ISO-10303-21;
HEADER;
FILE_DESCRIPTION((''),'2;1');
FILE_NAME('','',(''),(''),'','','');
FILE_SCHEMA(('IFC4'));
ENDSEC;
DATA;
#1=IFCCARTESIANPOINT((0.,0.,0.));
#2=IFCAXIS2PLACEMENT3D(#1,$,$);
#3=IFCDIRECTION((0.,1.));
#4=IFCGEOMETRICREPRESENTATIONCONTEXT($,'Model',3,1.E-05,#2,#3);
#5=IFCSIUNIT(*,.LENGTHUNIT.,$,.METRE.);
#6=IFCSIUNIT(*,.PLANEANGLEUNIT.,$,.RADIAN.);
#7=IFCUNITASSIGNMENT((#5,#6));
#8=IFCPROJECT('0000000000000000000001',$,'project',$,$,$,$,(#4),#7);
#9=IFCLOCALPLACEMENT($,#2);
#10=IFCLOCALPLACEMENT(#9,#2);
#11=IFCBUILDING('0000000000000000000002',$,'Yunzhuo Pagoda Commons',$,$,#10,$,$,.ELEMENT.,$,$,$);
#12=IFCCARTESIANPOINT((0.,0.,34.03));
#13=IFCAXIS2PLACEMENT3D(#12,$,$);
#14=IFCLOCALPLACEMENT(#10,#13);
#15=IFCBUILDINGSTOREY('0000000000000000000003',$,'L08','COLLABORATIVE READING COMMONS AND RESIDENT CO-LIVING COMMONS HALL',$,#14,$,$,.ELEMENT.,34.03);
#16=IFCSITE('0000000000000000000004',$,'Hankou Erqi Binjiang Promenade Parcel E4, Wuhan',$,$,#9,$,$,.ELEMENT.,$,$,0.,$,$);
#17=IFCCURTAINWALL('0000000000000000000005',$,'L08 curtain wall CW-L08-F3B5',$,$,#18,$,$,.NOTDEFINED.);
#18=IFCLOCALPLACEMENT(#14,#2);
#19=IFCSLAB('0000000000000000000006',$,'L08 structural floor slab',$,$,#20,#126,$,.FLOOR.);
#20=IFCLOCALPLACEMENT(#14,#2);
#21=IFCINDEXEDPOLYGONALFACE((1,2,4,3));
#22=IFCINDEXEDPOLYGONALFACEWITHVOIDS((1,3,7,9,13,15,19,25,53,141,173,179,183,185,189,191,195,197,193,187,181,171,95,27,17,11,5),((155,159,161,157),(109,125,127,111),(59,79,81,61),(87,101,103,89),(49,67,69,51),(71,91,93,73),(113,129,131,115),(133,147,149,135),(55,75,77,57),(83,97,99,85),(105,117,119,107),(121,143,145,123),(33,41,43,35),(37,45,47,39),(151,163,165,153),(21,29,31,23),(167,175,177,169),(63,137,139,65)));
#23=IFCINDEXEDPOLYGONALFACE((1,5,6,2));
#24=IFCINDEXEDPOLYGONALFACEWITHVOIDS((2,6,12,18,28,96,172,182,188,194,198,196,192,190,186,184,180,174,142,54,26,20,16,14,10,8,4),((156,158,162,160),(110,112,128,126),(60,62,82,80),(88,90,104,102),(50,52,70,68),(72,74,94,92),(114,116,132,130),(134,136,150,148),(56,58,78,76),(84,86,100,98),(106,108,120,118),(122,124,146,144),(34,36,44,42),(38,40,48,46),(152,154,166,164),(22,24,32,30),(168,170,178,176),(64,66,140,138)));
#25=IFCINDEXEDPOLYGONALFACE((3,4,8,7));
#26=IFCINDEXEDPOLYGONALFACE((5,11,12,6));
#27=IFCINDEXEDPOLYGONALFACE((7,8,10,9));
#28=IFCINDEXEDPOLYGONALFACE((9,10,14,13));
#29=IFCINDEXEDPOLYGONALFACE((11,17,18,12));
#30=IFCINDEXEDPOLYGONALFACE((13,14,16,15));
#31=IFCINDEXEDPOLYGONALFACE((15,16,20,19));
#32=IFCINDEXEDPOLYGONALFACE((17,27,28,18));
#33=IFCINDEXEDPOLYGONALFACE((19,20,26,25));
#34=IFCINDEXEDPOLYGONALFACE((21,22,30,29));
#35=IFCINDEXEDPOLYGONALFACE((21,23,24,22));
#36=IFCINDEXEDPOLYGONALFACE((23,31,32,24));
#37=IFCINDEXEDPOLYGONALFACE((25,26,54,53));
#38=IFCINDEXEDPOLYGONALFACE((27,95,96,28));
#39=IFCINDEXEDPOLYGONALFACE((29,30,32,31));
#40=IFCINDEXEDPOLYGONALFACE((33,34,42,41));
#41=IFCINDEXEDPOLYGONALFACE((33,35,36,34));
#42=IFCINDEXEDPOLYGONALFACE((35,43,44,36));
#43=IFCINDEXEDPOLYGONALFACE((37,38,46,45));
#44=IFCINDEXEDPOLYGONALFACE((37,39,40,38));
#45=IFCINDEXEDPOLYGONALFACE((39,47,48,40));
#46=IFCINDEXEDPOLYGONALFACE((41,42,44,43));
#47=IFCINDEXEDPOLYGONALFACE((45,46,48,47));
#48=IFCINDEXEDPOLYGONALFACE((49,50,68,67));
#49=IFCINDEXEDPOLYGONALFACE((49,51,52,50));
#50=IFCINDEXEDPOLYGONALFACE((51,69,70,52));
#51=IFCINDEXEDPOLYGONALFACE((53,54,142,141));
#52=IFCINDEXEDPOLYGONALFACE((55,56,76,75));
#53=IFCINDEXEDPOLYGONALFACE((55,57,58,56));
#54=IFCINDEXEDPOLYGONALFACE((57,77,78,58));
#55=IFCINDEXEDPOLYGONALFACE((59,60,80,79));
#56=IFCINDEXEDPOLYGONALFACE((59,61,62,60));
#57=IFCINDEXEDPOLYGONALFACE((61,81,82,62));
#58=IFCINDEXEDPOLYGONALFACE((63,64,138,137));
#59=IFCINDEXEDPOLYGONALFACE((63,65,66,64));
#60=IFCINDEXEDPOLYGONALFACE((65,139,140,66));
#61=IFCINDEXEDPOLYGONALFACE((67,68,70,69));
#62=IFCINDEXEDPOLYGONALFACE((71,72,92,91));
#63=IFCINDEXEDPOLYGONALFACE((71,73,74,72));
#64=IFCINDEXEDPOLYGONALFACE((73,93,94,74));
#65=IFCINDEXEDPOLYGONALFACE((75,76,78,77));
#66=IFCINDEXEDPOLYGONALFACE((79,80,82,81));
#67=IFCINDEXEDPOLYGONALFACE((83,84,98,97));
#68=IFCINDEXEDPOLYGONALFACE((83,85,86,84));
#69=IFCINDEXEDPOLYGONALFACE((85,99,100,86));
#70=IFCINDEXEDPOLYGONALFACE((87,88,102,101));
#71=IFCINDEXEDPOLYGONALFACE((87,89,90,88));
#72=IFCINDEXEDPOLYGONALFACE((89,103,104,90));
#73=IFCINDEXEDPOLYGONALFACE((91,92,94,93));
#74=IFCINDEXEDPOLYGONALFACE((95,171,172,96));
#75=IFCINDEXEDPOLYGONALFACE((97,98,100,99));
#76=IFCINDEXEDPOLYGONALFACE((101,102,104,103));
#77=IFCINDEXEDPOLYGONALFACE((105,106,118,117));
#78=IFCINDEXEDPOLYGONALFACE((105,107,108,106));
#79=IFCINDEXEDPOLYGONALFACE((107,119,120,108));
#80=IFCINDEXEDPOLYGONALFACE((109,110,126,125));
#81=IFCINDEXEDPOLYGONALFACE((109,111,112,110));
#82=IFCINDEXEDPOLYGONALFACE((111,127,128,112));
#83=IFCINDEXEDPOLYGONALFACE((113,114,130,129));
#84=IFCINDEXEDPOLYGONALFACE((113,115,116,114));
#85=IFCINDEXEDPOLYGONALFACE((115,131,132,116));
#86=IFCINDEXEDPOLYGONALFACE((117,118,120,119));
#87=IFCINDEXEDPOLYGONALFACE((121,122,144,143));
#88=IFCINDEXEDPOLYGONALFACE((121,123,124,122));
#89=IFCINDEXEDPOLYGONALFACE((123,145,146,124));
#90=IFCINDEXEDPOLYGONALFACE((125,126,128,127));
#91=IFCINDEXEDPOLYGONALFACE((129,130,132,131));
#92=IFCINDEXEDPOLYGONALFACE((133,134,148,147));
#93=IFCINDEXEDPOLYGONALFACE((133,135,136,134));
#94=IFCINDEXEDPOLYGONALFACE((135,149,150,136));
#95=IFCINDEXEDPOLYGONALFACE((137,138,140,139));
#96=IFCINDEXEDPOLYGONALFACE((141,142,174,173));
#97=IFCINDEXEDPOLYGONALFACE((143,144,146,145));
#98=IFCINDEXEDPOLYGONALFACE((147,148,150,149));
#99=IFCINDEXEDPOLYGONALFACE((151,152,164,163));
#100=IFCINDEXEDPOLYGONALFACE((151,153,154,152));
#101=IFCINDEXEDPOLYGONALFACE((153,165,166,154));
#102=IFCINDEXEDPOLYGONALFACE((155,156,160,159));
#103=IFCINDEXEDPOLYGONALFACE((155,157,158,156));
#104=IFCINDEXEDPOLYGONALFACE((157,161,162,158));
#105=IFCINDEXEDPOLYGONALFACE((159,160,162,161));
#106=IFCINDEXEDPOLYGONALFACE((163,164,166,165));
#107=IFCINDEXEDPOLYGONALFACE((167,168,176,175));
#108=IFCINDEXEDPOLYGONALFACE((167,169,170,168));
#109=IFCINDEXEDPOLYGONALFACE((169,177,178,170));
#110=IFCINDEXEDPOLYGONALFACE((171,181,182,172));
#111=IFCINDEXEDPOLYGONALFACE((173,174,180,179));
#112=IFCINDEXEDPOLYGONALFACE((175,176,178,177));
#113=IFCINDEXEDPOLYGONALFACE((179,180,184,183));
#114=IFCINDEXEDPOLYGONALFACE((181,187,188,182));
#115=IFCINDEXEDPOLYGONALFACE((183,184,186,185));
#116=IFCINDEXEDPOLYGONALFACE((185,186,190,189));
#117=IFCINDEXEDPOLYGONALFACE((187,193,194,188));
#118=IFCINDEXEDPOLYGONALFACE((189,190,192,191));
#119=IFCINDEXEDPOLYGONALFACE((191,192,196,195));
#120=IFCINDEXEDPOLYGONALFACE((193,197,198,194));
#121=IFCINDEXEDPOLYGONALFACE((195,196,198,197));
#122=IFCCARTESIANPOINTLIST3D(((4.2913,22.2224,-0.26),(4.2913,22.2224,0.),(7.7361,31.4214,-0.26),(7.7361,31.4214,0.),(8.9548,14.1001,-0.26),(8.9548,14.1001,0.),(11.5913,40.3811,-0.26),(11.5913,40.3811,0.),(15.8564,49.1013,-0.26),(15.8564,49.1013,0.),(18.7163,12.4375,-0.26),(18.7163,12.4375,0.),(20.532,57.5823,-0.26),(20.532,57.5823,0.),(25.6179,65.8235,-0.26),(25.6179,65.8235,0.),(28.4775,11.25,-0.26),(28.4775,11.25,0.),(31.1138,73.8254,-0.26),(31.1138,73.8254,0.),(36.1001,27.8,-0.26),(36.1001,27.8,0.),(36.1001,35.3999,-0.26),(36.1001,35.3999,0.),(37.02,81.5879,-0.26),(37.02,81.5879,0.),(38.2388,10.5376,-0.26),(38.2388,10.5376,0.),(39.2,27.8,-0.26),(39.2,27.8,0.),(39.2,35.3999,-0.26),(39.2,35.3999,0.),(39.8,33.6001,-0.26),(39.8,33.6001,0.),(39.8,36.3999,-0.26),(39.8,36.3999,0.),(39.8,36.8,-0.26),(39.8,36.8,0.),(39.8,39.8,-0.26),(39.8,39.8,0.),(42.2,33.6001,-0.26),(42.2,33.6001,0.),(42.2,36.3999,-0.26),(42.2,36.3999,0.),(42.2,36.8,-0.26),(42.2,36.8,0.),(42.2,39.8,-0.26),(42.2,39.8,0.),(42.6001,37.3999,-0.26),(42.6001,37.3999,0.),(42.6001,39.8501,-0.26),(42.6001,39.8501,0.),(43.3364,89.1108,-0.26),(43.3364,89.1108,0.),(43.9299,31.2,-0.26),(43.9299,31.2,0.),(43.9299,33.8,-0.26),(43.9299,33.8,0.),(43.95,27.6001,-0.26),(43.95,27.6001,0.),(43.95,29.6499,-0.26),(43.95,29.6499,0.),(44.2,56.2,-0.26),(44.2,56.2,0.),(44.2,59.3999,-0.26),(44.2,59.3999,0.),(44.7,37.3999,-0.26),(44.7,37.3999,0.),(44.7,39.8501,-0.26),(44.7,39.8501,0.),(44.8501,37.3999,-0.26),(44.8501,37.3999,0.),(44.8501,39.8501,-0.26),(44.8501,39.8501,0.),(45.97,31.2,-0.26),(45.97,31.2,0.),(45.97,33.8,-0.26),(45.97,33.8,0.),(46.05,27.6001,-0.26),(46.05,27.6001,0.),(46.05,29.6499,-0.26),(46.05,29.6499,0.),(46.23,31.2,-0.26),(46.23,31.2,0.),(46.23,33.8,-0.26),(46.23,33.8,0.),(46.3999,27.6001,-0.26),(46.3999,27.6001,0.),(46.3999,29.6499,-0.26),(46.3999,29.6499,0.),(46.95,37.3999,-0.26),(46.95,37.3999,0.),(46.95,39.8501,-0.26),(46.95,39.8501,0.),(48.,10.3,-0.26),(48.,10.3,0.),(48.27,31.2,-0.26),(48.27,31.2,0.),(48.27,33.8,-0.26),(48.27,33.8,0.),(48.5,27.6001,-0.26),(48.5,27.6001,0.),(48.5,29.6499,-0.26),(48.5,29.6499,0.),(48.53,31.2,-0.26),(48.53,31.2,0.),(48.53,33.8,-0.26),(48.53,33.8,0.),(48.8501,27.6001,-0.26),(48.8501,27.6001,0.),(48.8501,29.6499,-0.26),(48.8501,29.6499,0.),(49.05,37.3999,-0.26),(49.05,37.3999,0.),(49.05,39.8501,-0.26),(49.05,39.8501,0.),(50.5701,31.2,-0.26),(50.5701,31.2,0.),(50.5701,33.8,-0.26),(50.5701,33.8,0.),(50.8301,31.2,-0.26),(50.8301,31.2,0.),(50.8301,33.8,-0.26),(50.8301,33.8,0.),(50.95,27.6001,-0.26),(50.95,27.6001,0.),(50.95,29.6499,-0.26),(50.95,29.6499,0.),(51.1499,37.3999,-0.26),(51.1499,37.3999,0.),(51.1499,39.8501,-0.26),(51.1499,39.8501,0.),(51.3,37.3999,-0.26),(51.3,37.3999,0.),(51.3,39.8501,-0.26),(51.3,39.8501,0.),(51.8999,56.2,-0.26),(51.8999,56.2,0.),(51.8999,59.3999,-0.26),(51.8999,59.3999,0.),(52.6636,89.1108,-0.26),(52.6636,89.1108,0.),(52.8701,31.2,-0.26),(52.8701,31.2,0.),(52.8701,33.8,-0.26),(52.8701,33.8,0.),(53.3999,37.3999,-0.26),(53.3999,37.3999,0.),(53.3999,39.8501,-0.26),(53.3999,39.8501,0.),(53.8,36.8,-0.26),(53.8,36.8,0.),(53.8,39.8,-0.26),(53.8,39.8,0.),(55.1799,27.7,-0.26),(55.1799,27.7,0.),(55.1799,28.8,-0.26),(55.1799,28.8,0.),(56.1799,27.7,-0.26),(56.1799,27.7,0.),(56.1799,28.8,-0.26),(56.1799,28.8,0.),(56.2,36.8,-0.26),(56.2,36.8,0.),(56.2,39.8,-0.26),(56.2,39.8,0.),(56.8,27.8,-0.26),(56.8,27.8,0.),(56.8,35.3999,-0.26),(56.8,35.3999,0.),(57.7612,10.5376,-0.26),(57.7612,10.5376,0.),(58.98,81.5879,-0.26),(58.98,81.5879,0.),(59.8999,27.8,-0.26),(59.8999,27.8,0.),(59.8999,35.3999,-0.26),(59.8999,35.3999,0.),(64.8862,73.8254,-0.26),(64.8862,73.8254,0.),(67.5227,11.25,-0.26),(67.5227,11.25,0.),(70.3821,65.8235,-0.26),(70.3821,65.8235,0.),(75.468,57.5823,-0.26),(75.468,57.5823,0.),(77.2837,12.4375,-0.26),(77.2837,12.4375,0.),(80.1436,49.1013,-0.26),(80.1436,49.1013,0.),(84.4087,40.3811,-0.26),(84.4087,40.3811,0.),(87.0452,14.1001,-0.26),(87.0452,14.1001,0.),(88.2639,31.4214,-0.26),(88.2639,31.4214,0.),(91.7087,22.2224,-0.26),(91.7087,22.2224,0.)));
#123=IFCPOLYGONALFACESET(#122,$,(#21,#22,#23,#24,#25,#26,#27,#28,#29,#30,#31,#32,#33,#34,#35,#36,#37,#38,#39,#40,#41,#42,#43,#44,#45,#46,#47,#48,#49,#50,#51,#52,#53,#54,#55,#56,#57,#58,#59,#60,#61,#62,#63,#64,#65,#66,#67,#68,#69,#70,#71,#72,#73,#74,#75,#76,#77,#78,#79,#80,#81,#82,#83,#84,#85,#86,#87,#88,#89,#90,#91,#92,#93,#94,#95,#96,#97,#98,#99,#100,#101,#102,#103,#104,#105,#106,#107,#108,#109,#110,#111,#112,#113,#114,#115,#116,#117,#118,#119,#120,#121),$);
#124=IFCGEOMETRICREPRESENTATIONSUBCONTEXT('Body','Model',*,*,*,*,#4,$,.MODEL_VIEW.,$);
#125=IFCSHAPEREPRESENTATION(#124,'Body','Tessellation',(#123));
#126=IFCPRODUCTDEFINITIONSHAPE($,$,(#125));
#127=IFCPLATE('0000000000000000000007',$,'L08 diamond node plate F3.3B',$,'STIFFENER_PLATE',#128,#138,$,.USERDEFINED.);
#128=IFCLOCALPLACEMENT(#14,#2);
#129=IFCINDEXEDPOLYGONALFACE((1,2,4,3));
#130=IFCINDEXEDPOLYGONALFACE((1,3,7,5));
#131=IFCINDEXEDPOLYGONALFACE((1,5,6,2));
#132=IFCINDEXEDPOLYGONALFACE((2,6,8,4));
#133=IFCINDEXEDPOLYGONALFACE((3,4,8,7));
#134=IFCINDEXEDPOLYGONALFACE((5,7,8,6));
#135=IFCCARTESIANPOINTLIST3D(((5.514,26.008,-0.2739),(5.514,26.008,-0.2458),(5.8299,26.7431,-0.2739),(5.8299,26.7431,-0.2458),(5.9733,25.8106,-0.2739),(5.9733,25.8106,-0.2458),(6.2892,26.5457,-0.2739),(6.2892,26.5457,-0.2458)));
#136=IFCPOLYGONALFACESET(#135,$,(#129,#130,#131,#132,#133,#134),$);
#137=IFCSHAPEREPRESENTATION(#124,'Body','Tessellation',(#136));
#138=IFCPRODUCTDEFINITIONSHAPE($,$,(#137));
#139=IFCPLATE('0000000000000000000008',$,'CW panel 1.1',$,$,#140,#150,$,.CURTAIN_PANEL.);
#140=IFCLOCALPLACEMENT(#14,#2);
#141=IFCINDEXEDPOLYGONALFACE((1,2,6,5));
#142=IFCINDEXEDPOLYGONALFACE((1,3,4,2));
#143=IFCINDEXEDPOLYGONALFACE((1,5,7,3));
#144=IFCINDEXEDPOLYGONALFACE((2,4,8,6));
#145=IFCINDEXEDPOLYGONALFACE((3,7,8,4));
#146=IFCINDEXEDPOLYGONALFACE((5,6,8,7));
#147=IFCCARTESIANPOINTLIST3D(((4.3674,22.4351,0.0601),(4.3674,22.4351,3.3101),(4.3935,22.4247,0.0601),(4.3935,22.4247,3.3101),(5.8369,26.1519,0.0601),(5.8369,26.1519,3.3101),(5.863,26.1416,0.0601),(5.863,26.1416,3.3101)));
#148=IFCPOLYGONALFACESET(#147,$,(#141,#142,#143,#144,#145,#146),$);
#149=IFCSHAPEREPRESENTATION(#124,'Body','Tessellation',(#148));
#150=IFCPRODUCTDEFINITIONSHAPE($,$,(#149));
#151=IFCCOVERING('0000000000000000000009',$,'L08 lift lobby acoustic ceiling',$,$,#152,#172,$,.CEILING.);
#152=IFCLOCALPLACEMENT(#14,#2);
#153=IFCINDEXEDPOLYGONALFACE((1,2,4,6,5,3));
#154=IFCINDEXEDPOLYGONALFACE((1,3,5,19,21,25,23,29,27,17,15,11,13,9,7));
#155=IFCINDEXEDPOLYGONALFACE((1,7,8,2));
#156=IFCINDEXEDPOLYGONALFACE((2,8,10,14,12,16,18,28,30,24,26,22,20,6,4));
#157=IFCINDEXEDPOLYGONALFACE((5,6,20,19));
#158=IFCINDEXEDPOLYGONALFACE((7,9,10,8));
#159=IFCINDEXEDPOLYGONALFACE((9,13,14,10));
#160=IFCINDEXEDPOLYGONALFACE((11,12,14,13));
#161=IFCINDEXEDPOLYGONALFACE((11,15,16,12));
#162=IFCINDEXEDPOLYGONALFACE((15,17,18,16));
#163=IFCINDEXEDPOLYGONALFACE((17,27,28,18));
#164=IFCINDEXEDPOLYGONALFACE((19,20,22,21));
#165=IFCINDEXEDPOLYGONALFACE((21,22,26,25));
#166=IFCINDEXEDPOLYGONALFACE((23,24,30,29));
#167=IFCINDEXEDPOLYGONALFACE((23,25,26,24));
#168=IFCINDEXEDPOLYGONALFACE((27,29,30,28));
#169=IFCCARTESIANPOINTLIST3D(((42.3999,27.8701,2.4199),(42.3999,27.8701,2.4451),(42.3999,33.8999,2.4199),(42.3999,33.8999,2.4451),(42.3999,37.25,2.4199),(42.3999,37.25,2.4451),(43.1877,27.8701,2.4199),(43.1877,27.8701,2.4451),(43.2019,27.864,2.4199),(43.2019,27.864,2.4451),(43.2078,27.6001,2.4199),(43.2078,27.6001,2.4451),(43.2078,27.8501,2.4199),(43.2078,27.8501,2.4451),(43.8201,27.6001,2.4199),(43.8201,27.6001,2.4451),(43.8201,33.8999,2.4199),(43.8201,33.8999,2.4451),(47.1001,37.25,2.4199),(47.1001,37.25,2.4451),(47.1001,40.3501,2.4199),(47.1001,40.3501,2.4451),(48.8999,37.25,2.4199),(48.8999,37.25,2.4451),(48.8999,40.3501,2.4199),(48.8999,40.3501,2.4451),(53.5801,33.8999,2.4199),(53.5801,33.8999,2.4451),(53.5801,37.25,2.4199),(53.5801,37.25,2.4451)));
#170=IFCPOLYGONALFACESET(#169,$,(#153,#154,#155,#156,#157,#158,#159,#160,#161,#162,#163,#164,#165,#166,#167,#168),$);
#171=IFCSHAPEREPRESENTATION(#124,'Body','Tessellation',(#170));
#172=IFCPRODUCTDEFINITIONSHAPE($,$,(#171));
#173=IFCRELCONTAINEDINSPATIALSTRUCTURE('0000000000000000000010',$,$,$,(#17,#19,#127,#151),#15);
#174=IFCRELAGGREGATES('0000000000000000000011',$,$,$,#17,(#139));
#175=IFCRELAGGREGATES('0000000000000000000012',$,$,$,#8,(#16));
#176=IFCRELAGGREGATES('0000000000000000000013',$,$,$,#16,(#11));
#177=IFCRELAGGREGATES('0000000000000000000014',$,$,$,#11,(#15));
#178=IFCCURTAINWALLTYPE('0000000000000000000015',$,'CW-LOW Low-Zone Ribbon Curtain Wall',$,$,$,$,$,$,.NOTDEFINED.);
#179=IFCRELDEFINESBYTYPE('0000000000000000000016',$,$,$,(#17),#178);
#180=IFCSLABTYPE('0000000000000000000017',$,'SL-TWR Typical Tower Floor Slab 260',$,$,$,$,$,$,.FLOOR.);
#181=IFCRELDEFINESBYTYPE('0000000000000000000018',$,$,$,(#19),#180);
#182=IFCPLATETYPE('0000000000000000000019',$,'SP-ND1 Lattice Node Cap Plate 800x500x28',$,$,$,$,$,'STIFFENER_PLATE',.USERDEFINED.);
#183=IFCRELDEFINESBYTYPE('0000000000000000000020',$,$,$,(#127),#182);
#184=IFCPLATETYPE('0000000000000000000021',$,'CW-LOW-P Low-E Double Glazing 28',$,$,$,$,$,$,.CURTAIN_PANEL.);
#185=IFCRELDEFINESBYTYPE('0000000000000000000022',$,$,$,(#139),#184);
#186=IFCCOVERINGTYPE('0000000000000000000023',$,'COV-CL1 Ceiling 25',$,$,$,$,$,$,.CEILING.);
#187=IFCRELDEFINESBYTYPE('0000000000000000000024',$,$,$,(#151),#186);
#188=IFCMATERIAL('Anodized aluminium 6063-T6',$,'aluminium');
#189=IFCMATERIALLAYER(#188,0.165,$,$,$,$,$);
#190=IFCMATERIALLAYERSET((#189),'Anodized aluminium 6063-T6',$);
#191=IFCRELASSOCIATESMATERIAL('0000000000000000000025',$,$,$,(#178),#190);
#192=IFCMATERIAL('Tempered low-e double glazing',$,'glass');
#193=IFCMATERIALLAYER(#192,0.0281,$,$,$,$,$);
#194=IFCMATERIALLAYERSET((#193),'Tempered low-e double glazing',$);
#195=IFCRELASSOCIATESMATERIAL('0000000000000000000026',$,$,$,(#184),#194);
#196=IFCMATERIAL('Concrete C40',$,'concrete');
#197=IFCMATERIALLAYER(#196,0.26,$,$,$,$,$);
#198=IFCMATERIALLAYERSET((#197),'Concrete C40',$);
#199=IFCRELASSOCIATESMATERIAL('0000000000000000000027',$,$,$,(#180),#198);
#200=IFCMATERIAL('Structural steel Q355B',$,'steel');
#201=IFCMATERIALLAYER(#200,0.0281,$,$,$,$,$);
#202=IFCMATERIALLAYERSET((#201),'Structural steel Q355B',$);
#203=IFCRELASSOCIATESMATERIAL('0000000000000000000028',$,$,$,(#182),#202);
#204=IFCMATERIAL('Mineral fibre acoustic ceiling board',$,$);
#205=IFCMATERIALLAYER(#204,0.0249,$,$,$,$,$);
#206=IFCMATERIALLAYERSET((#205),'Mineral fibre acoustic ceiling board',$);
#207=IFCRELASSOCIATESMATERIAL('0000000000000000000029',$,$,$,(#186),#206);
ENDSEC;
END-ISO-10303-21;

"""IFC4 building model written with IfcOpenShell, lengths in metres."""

from ifc_helpers import new_model, si_unit, direction, frame, origin, origin_2d, place, context, subcontext, project, spatial, polyline, rectangle, outline, extrude, source, transform, mapped, material, layer, layer_set, type_object, element, aggregate, save


model = new_model("IFC4")

# Units and contexts
model_context = context("Model", 3, precision=1e-05, world=origin(), true_north=direction((0.0, 1.0)))
body_context = subcontext(model_context, "Body", "Model", "MODEL_VIEW")
ifc_project = project(units=[si_unit("LENGTHUNIT", "METRE"), si_unit("PLANEANGLEUNIT", "RADIAN")], contexts=[model_context])

# Site, building, storey
site_placement = place(None, origin())
site = spatial("IfcSite", under=ifc_project, at=site_placement, Name="Hankou Erqi Binjiang Promenade Parcel E4, Wuhan", CompositionType="ELEMENT", RefElevation=0.0)
building_placement = place(site_placement, origin())
building = spatial("IfcBuilding", under=site, at=building_placement, Name="Yunzhuo Pagoda Commons", CompositionType="ELEMENT")
storey_placement = place(building_placement, frame((0.0, 0.0, 34.03)))
storey = spatial("IfcBuildingStorey", under=building, at=storey_placement, Name="L08", Description="COLLABORATIVE READING COMMONS AND RESIDENT CO-LIVING COMMONS HALL", CompositionType="ELEMENT", Elevation=34.03)

# Shared definitions
ifc_material_1 = material(Name="Structural steel Q355B", Category="steel")

# Curtain wall
ifc_material_2 = material(Name="Anodized aluminium 6063-T6", Category="aluminium")
ifc_layer_1 = layer(ifc_material_2, 0.165)
ifc_layer_set_1 = layer_set([ifc_layer_1], Name="Anodized aluminium 6063-T6")
curtain_wall_type = type_object("IfcCurtainWallType", Name="CW-LOW Low-Zone Ribbon Curtain Wall", PredefinedType="NOTDEFINED", material=ifc_layer_set_1)
curtain_wall_1_placement = place(storey_placement, origin())
curtain_wall_1 = element("IfcCurtainWall", 1, at=curtain_wall_1_placement, inside=storey, type_object=curtain_wall_type, Name="L08 curtain wall CW-L08-F3B5", PredefinedType="NOTDEFINED")

# Shared definitions
ifc_material_3 = material(Name="Tempered low-e double glazing", Category="glass")
ifc_layer_2 = layer(ifc_material_3, 0.0281)
ifc_layer_set_2 = layer_set([ifc_layer_2], Name="Tempered low-e double glazing")
plate_type_1 = type_object("IfcPlateType", Name="CW-LOW-P Low-E Double Glazing 28", PredefinedType="CURTAIN_PANEL", material=ifc_layer_set_2)

# Shared definitions
ifc_material_4 = material(Name="Concrete C40", Category="concrete")

# Slab
ifc_layer_3 = layer(ifc_material_4, 0.26)
ifc_layer_set_3 = layer_set([ifc_layer_3], Name="Concrete C40")
slab_type_1 = type_object("IfcSlabType", Name="SL-TWR Typical Tower Floor Slab 260", PredefinedType="FLOOR", material=ifc_layer_set_3)
slab_1_placement = place(storey_placement, frame((0.0, 0.0, -0.26)))
element("IfcSlab", 2, at=slab_1_placement, inside=storey, type_object=slab_type_1, Name="L08 structural floor slab", PredefinedType="FLOOR", context=body_context, shape_type="SweptSolid", body=[
    extrude(outline(polyline([(7.7361, 31.4214), (11.5913, 40.3811), (15.8564, 49.1013), (20.532, 57.5823), (25.6179, 65.8235), (31.1138, 73.8254), (37.02, 81.5879), (43.3364, 89.1108), (52.6636, 89.1108), (58.98, 81.5879), (64.8862, 73.8254), (70.3821, 65.8235), (75.468, 57.5823), (80.1436, 49.1013), (84.4087, 40.3811), (88.2639, 31.4214), (91.7087, 22.2224), (87.0452, 14.1001), (77.2837, 12.4375), (67.5227, 11.25), (57.7612, 10.5376), (48.0, 10.3), (38.2388, 10.5376), (28.4775, 11.25), (18.7163, 12.4375), (8.9548, 14.1001), (4.2913, 22.2224), (7.7361, 31.4214)]), holes=[polyline([(46.05, 27.6001), (46.05, 29.6499), (43.95, 29.6499), (43.95, 27.6001), (46.05, 27.6001)]), polyline([(48.5, 27.6001), (48.5, 29.6499), (46.3999, 29.6499), (46.3999, 27.6001), (48.5, 27.6001)]), polyline([(36.1001, 27.8), (39.2, 27.8), (39.2, 35.3999), (36.1001, 35.3999), (36.1001, 27.8)]), polyline([(45.97, 31.2), (45.97, 33.8), (43.9299, 33.8), (43.9299, 31.2), (45.97, 31.2)]), polyline([(48.27, 31.2), (48.27, 33.8), (46.23, 33.8), (46.23, 31.2), (48.27, 31.2)]), polyline([(42.2, 33.6001), (42.2, 36.3999), (39.8, 36.3999), (39.8, 33.6001), (42.2, 33.6001)]), polyline([(42.2, 36.8), (42.2, 39.8), (39.8, 39.8), (39.8, 36.8), (42.2, 36.8)]), polyline([(42.6001, 37.3999), (44.7, 37.3999), (44.7, 39.8501), (42.6001, 39.8501), (42.6001, 37.3999)]), polyline([(44.8501, 37.3999), (46.95, 37.3999), (46.95, 39.8501), (44.8501, 39.8501), (44.8501, 37.3999)]), polyline([(56.1799, 27.7), (56.1799, 28.8), (55.1799, 28.8), (55.1799, 27.7), (56.1799, 27.7)]), polyline([(50.95, 27.6001), (50.95, 29.6499), (48.8501, 29.6499), (48.8501, 27.6001), (50.95, 27.6001)]), polyline([(56.8, 27.8), (59.8999, 27.8), (59.8999, 35.3999), (56.8, 35.3999), (56.8, 27.8)]), polyline([(50.5701, 31.2), (50.5701, 33.8), (48.53, 33.8), (48.53, 31.2), (50.5701, 31.2)]), polyline([(52.8701, 31.2), (52.8701, 33.8), (50.8301, 33.8), (50.8301, 31.2), (52.8701, 31.2)]), polyline([(56.2, 36.8), (56.2, 39.8), (53.8, 39.8), (53.8, 36.8), (56.2, 36.8)]), polyline([(51.1499, 37.3999), (51.1499, 39.8501), (49.05, 39.8501), (49.05, 37.3999), (51.1499, 37.3999)]), polyline([(51.3, 37.3999), (53.3999, 37.3999), (53.3999, 39.8501), (51.3, 39.8501), (51.3, 37.3999)]), polyline([(44.2, 56.2), (51.8999, 56.2), (51.8999, 59.3999), (44.2, 59.3999), (44.2, 56.2)])]), origin(), (0.0, 0.0, 1.0), 0.26),
])

# Plates
ifc_layer_4 = layer(ifc_material_1, 0.0281)
ifc_layer_set_4 = layer_set([ifc_layer_4], Name="Structural steel Q355B")
plate_type_2 = type_object("IfcPlateType", Name="SP-ND1 Lattice Node Cap Plate 800x500x28", ElementType="STIFFENER_PLATE", PredefinedType="USERDEFINED", material=ifc_layer_set_4)
shared_shape_1 = source(origin(), body_context, "Body", "SweptSolid", [
    extrude(rectangle(XDim=0.8, YDim=0.5, at=origin_2d()), origin(), (0.0, 0.0, 1.0), 0.0281),
])
plate_1_placement = place(storey_placement, frame((5.9016, 26.2769, -0.2739), z_axis=(0.0, 0.0, 1.0), x_axis=(-0.394856, -0.918743, 0.0)))
element("IfcPlate", 3, at=plate_1_placement, inside=storey, type_object=plate_type_2, Name="L08 diamond node plate F3.3B", ObjectType="STIFFENER_PLATE", PredefinedType="USERDEFINED", context=body_context, shape_type="MappedRepresentation", body=[
    mapped(shared_shape_1, transform((0.0, 0.0, 0.0), scale=1.0)),
])
shared_shape_2 = source(origin(), body_context, "Body", "SweptSolid", [
    extrude(rectangle(XDim=3.9968, YDim=0.0281, at=origin_2d()), origin(), (0.0, 0.0, 1.0), 3.25),
])
plate_2_placement = place(storey_placement, frame((5.1152, 24.2883, 0.0601), z_axis=(0.0, 0.0, 1.0), x_axis=(-0.367665, -0.929958, 0.0)))
plate_2 = element("IfcPlate", 4, at=plate_2_placement, type_object=plate_type_1, Name="CW panel 1.1", PredefinedType="CURTAIN_PANEL", context=body_context, shape_type="MappedRepresentation", body=[
    mapped(shared_shape_2, transform((0.0, 0.0, 0.0), scale=1.0)),
])
aggregate(curtain_wall_1, [plate_2])

# Covering
ifc_material_5 = material(Name="Mineral fibre acoustic ceiling board")
ifc_layer_5 = layer(ifc_material_5, 0.0249)
ifc_layer_set_5 = layer_set([ifc_layer_5], Name="Mineral fibre acoustic ceiling board")
covering_type_1 = type_object("IfcCoveringType", Name="COV-CL1 Ceiling 25", PredefinedType="CEILING", material=ifc_layer_set_5)
covering_1_placement = place(storey_placement, frame((0.0, 0.0, 2.4199)))
element("IfcCovering", 5, at=covering_1_placement, inside=storey, type_object=covering_type_1, Name="L08 lift lobby acoustic ceiling", PredefinedType="CEILING", context=body_context, shape_type="SweptSolid", body=[
    extrude(outline(polyline([(43.2078, 27.8501), (43.2019, 27.864), (43.1877, 27.8701), (42.3999, 27.8701), (42.3999, 33.8999), (42.3999, 37.25), (47.1001, 37.25), (47.1001, 40.3501), (48.8999, 40.3501), (48.8999, 37.25), (53.5801, 37.25), (53.5801, 33.8999), (43.8201, 33.8999), (43.8201, 27.6001), (43.2078, 27.6001), (43.2078, 27.8501)])), origin(), (0.0, 0.0, 1.0), 0.0251),
])

save(model, "model.ifc")
